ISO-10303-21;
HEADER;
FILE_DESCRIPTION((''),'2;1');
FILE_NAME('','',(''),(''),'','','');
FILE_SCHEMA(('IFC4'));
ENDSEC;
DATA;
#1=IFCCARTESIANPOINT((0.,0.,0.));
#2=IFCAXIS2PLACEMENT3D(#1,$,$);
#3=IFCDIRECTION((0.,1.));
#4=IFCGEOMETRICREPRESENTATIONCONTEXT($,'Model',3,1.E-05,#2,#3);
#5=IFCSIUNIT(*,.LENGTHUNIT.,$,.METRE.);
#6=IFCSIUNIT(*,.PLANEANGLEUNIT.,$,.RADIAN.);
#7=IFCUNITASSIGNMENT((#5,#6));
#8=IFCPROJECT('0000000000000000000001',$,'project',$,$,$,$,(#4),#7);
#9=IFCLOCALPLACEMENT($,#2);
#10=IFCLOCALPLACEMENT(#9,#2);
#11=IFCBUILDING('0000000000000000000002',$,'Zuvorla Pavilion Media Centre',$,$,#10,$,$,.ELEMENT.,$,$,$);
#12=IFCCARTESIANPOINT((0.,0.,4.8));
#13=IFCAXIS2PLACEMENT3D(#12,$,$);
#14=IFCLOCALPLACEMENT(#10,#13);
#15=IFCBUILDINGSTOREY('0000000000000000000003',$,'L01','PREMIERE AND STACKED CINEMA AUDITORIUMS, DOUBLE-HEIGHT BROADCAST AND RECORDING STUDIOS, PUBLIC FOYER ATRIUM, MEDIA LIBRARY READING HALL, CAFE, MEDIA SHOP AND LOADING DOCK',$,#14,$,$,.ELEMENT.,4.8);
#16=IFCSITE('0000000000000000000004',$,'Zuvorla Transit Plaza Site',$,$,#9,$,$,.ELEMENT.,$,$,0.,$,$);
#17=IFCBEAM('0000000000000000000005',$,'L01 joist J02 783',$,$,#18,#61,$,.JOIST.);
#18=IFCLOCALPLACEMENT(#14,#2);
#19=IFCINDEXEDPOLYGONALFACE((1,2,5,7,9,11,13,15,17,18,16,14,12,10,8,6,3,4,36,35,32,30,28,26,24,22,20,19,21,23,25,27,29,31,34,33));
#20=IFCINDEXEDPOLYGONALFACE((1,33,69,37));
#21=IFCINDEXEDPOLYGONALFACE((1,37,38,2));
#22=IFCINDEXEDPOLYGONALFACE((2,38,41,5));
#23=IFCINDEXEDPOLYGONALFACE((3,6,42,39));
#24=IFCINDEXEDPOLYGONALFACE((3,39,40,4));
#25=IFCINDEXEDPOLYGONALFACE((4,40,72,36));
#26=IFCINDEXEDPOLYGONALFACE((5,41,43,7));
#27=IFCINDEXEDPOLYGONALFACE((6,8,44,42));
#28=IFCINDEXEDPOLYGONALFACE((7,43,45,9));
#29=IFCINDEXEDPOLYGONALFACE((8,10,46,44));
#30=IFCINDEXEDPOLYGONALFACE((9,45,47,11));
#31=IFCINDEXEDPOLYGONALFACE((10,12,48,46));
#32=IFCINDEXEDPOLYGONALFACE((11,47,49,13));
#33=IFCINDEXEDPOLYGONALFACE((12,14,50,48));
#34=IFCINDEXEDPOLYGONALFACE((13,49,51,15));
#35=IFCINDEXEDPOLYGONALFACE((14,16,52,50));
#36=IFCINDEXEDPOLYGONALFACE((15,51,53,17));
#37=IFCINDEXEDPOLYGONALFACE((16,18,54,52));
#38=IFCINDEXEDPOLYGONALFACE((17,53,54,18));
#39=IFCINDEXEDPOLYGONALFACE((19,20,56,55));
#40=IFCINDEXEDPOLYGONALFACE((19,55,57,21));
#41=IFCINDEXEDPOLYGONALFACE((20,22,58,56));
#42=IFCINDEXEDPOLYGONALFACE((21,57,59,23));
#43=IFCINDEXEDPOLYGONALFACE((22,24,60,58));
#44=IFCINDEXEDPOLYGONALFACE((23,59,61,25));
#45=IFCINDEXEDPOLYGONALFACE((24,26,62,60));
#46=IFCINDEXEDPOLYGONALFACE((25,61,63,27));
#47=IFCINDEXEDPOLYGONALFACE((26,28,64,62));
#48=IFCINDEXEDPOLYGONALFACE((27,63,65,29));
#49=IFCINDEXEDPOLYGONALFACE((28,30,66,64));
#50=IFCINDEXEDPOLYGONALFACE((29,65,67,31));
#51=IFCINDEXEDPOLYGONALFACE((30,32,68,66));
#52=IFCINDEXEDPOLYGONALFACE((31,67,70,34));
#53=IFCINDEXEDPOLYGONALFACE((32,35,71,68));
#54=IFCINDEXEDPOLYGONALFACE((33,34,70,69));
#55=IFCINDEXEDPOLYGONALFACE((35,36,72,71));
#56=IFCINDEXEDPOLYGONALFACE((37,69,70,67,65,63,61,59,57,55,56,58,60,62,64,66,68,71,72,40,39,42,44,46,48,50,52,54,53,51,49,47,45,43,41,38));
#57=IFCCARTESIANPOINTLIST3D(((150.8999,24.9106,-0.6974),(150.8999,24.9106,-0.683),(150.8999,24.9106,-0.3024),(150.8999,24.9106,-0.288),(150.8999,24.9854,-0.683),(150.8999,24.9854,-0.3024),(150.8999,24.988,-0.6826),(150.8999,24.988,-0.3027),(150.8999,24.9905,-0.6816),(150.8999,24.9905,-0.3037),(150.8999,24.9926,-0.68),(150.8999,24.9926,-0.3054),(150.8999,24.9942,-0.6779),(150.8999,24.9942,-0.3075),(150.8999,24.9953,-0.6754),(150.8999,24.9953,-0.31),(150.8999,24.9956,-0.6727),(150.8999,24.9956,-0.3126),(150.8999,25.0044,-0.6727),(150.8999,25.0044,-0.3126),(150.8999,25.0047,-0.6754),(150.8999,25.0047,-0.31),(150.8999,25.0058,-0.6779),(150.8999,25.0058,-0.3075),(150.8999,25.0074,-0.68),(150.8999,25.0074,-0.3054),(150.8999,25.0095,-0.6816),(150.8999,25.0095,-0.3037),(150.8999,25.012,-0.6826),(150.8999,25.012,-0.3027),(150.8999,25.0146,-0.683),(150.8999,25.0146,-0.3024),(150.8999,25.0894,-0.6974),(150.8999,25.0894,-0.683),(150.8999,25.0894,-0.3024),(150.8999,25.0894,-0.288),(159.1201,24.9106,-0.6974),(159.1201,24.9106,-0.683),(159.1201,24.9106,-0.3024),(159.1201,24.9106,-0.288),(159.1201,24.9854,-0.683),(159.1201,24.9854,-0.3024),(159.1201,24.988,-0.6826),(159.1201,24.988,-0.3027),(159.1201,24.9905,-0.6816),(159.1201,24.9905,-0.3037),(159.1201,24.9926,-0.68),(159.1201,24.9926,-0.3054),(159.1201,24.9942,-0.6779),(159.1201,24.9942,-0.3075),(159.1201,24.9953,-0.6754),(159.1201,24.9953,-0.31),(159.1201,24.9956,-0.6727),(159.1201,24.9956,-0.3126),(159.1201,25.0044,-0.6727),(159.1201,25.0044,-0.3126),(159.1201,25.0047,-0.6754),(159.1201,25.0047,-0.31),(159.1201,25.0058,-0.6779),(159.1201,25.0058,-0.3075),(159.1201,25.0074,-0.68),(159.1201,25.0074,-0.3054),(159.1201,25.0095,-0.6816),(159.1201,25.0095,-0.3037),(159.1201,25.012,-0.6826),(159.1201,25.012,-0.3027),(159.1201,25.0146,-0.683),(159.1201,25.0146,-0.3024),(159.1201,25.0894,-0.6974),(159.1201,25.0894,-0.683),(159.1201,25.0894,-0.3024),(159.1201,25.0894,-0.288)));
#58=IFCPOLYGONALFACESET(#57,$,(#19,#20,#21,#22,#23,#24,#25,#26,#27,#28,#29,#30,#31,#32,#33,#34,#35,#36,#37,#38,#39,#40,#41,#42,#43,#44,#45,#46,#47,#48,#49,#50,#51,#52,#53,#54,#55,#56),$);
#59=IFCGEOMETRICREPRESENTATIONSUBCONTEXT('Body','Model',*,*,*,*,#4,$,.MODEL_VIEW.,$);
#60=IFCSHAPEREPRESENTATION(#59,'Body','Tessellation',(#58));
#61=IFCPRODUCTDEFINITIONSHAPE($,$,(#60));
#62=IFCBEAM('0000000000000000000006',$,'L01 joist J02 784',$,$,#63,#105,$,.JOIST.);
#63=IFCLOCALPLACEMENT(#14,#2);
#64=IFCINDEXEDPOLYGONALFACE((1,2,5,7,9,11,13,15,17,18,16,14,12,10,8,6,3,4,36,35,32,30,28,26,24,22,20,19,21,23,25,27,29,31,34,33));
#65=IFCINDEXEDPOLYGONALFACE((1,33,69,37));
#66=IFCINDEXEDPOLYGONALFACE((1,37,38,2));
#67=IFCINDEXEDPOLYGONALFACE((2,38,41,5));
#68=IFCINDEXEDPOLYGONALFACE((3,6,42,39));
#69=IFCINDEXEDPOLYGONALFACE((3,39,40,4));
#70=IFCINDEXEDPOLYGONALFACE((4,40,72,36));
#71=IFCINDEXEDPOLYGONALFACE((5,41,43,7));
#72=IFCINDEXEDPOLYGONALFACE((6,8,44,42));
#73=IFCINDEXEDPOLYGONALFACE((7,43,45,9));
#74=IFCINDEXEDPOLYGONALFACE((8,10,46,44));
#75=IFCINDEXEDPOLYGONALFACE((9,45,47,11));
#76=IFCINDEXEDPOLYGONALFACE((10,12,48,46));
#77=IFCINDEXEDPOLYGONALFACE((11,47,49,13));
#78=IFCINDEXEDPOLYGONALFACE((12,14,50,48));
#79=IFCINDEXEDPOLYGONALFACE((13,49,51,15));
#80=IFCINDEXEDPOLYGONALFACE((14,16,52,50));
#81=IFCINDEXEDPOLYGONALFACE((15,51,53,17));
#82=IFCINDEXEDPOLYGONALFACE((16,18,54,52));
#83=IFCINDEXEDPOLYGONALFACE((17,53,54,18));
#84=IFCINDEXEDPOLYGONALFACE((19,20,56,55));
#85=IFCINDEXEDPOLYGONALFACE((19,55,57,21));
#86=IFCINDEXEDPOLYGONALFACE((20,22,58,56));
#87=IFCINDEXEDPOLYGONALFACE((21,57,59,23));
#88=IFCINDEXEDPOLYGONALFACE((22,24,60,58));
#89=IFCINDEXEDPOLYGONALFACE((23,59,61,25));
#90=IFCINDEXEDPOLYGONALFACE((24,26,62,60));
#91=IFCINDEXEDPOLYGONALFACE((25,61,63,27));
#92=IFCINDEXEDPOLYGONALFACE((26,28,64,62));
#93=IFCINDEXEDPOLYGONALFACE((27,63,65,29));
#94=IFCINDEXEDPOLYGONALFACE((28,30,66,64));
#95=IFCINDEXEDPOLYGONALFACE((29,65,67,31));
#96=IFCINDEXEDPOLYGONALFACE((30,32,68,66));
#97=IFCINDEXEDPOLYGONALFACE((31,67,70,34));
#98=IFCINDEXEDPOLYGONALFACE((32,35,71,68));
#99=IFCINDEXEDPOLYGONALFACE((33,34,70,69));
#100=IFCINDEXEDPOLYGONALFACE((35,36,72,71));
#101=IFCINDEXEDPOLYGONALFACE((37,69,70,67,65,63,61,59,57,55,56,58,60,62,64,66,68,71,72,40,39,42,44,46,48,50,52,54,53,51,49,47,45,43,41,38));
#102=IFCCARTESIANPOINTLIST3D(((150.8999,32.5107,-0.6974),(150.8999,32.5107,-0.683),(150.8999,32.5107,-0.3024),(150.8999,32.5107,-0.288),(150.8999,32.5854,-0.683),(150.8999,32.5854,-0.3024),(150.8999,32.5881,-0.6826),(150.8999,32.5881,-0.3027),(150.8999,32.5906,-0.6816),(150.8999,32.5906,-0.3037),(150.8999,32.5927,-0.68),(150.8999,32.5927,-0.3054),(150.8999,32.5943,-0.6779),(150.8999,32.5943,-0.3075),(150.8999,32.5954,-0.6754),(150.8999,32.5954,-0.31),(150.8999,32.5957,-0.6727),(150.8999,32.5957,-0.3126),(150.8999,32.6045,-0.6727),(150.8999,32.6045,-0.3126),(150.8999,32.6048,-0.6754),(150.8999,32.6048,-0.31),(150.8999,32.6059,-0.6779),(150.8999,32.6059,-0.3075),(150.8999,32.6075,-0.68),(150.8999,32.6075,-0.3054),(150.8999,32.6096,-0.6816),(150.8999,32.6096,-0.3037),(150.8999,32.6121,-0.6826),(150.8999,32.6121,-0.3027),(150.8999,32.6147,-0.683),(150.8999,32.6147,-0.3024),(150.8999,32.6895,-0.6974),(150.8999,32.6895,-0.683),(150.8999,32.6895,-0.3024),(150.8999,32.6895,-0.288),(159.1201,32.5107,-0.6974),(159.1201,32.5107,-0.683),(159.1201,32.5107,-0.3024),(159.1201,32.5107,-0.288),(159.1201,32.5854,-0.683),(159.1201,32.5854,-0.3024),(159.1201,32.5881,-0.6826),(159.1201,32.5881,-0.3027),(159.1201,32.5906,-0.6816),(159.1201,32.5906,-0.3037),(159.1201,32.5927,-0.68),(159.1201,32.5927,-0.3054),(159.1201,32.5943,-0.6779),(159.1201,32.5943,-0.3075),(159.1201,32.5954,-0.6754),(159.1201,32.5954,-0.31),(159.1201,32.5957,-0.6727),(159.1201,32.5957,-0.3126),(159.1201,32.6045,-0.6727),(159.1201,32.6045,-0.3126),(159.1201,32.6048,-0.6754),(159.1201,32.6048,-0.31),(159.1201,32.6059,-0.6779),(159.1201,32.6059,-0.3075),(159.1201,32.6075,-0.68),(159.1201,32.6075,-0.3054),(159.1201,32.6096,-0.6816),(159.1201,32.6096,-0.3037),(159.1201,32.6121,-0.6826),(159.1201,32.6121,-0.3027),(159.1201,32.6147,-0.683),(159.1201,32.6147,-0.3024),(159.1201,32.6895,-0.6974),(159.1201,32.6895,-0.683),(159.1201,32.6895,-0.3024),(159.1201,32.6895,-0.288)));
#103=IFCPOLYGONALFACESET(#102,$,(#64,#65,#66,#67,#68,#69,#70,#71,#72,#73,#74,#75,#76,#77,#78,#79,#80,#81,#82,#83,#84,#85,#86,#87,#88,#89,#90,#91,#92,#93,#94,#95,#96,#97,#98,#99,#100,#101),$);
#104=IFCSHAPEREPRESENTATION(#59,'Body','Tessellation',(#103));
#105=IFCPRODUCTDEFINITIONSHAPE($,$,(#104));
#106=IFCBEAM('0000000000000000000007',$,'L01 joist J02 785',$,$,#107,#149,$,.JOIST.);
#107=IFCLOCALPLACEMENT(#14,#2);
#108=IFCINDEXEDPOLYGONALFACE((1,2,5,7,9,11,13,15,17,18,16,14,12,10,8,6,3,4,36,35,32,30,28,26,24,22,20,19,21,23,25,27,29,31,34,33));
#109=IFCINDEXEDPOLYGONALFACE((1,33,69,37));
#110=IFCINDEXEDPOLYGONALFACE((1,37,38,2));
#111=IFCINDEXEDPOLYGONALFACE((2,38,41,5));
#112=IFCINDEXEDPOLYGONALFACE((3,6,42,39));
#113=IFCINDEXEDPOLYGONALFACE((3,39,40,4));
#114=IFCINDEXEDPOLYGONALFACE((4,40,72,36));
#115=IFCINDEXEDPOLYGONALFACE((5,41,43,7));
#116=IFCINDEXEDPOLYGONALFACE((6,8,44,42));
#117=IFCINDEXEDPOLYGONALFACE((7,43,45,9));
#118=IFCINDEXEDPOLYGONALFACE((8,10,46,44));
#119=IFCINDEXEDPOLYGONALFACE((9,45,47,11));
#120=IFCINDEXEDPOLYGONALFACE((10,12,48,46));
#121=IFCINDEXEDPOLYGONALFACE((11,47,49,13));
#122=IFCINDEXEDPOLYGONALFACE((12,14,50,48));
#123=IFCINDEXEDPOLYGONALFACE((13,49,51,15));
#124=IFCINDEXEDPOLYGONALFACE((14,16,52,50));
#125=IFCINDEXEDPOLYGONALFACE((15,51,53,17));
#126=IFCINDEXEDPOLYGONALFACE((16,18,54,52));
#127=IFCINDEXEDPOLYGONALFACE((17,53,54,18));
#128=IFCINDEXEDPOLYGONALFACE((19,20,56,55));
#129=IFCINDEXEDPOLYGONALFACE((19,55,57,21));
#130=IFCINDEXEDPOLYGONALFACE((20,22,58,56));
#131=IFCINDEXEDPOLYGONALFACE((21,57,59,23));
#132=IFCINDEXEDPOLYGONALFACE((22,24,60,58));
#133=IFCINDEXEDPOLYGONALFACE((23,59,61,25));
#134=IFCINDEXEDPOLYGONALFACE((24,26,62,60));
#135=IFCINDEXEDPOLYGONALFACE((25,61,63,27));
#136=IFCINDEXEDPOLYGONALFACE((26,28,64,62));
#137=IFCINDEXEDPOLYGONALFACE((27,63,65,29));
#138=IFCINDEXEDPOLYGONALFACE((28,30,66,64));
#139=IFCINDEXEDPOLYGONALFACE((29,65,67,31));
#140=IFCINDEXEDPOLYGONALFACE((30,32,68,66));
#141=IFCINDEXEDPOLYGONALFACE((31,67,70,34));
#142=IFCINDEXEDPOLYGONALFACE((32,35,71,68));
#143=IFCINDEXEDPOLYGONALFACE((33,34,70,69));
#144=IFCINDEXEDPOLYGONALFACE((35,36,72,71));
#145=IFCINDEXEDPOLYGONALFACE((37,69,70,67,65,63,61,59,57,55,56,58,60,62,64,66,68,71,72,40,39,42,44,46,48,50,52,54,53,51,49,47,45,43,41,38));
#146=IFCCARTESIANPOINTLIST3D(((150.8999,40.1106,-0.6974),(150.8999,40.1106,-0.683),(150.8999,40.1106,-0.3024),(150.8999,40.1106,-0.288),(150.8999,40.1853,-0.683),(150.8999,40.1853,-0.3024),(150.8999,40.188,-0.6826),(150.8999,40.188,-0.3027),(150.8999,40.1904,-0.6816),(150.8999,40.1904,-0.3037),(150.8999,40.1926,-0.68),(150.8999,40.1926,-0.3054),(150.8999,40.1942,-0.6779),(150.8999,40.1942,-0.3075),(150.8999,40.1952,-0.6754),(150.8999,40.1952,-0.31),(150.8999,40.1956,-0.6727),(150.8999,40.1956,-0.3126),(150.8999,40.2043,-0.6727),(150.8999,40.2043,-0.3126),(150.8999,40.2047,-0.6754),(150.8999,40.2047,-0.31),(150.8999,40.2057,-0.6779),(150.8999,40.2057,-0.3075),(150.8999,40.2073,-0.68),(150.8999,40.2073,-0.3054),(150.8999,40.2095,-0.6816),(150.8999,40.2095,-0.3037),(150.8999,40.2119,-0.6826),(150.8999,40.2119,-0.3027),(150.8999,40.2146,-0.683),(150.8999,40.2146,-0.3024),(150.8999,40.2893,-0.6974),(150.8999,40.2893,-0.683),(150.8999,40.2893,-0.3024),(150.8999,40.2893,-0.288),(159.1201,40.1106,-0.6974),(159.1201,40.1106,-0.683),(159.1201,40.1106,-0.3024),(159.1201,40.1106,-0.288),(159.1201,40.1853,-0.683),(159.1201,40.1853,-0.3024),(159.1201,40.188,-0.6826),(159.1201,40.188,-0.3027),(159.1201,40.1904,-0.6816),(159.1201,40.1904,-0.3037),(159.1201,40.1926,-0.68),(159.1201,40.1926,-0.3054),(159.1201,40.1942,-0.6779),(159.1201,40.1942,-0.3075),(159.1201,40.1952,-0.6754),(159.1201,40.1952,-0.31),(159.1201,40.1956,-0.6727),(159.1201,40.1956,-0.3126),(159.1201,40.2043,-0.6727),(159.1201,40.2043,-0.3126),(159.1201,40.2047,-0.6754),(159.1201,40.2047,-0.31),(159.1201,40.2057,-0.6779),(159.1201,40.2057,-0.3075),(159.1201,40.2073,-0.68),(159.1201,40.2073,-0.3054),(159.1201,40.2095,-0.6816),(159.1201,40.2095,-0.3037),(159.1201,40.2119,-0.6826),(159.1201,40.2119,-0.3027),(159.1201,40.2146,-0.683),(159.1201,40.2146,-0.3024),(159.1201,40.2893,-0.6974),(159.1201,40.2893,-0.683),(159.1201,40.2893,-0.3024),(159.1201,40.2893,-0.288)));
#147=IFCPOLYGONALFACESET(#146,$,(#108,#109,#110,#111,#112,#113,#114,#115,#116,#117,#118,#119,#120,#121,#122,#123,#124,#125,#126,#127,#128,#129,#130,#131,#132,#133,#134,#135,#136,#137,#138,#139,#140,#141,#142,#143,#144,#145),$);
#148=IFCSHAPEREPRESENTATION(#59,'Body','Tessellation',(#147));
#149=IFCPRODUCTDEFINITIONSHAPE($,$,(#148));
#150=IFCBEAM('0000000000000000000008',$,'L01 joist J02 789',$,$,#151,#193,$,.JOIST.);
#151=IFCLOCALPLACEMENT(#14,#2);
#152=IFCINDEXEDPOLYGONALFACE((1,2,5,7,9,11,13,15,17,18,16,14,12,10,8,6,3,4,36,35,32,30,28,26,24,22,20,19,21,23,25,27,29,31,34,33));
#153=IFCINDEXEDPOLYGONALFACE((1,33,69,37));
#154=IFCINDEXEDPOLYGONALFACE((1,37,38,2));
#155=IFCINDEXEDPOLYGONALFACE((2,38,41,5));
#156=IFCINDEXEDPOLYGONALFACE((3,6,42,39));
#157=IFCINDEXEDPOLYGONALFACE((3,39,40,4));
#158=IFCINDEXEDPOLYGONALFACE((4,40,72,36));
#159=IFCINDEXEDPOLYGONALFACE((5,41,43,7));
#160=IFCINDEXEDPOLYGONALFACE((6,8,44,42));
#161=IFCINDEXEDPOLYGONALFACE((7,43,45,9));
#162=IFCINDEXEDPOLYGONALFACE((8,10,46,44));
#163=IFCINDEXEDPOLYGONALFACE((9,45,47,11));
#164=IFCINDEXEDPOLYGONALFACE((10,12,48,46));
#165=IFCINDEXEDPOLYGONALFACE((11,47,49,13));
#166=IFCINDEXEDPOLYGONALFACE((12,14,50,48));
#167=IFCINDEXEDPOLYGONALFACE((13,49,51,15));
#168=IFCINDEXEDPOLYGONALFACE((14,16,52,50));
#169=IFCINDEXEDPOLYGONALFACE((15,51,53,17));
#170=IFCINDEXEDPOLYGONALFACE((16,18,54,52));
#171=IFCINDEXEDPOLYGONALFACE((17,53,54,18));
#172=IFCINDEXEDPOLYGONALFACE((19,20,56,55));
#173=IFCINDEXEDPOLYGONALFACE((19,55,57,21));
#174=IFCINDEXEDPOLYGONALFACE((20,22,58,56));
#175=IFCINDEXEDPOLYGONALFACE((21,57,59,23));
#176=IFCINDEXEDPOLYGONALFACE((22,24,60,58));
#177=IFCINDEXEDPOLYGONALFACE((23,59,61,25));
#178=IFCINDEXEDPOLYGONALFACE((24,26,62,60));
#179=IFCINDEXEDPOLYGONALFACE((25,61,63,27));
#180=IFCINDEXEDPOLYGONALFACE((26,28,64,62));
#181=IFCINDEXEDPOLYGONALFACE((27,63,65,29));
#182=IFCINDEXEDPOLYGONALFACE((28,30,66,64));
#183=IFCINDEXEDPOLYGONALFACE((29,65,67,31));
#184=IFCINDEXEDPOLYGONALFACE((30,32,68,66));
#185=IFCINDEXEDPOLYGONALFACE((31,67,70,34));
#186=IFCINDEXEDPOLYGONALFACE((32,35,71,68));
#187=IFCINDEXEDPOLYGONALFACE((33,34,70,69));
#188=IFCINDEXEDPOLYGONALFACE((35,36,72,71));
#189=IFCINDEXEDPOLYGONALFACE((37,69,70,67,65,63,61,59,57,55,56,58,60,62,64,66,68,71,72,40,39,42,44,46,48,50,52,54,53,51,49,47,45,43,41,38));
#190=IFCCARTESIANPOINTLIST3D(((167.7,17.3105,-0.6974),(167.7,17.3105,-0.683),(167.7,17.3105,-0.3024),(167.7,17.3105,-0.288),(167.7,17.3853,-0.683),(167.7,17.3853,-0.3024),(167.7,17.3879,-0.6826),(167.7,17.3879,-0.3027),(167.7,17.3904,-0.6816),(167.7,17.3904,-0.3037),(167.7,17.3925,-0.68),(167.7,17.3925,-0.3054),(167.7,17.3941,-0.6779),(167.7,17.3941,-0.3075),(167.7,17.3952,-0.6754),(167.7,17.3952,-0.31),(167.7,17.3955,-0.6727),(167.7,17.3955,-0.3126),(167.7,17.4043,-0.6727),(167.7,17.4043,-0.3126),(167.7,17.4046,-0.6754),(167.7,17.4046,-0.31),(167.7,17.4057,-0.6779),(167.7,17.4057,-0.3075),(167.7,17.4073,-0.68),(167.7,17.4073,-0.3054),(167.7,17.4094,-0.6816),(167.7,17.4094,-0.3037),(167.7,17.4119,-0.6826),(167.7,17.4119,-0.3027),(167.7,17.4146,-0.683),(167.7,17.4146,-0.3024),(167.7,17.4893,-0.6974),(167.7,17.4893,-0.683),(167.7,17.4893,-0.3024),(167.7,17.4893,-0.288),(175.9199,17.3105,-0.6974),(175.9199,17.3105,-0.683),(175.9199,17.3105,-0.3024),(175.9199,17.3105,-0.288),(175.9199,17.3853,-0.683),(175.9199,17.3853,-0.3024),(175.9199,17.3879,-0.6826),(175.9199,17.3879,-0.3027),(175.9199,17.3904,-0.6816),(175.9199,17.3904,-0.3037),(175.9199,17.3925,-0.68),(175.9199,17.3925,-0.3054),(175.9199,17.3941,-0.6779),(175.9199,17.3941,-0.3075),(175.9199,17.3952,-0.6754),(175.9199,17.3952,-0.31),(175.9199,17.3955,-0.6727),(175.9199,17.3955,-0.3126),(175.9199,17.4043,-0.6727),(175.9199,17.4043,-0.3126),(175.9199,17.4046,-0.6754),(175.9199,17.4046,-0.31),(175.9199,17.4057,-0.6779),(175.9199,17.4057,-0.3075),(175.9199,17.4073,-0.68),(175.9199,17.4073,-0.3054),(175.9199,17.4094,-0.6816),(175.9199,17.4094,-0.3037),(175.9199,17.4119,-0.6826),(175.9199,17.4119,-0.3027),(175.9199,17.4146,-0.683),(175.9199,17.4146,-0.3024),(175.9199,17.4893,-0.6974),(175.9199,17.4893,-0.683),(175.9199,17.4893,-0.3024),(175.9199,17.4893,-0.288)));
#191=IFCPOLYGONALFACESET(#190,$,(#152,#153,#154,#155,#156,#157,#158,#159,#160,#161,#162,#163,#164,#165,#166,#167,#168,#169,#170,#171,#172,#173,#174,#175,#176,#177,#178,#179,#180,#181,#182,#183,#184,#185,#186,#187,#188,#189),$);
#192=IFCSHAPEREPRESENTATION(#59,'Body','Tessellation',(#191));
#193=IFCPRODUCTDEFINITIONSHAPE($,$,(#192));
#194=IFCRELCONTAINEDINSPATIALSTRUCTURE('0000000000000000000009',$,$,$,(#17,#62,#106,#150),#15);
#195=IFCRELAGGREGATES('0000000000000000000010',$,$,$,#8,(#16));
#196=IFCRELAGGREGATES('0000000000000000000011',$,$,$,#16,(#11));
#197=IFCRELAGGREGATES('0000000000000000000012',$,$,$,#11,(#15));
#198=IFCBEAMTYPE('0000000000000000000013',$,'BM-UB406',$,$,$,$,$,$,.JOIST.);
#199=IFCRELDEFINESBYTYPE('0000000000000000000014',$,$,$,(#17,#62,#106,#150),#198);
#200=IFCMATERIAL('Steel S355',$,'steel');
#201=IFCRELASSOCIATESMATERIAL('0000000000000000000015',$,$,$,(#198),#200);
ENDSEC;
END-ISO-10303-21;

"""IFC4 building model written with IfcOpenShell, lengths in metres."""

from ifc_helpers import new_model, si_unit, direction, frame, origin, origin_2d, place, context, subcontext, project, spatial, i_section, extrude, material, material_profile, profile_set, type_object, element, save


model = new_model("IFC4")

# Units and contexts
model_context = context("Model", 3, precision=1e-05, world=origin(), true_north=direction((0.0, 1.0)))
body_context = subcontext(model_context, "Body", "Model", "MODEL_VIEW")
ifc_project = project(units=[si_unit("LENGTHUNIT", "METRE"), si_unit("PLANEANGLEUNIT", "RADIAN")], contexts=[model_context])

# Site, building, storey
site_placement = place(None, origin())
site = spatial("IfcSite", under=ifc_project, at=site_placement, Name="Zuvorla Transit Plaza Site", CompositionType="ELEMENT", RefElevation=0.0)
building_placement = place(site_placement, origin())
building = spatial("IfcBuilding", under=site, at=building_placement, Name="Zuvorla Pavilion Media Centre", CompositionType="ELEMENT")
storey_placement = place(building_placement, frame((0.0, 0.0, 4.8)))
storey = spatial("IfcBuildingStorey", under=building, at=storey_placement, Name="L01", Description="PREMIERE AND STACKED CINEMA AUDITORIUMS, DOUBLE-HEIGHT BROADCAST AND RECORDING STUDIOS, PUBLIC FOYER ATRIUM, MEDIA LIBRARY READING HALL, CAFE, MEDIA SHOP AND LOADING DOCK", CompositionType="ELEMENT", Elevation=4.8)

# Shared definitions
ifc_material_1 = material(Name="Steel S355", Category="steel")

# Beams
ifc_material_profile_1 = material_profile(ifc_material_1, i_section(OverallWidth=0.1787, OverallDepth=0.4094, WebThickness=0.0088, FlangeThickness=0.0144, FilletRadius=0.0103, at=origin_2d()), Name="UB 406x178x67")
ifc_profile_set_1 = profile_set([ifc_material_profile_1], Name="Steel S355")
beam_type_1 = type_object("IfcBeamType", Name="BM-UB406", PredefinedType="JOIST", material=ifc_profile_set_1)
for number, where, z_axis, x_axis, name in (
    (1, (150.8999, 25.0, -0.4927), (1.0, 0.0, 0.0), (0.0, 1.0, 0.0), "L01 joist J02 783"),
    (2, (150.8999, 32.6001, -0.4927), (1.0, 0.0, 0.0), (0.0, 1.0, 0.0), "L01 joist J02 784"),
    (3, (150.8999, 40.2, -0.4927), (1.0, 0.0, 0.0), (0.0, 1.0, 0.0), "L01 joist J02 785"),
):
    element("IfcBeam", number, at=place(storey_placement, frame(where, z_axis=z_axis, x_axis=x_axis)), inside=storey, type_object=beam_type_1, Name=name, PredefinedType="JOIST", context=body_context, shape_type="SweptSolid", body=[
        extrude(i_section(OverallWidth=0.1787, OverallDepth=0.4094, WebThickness=0.0088, FlangeThickness=0.0144, FilletRadius=0.0103, at=origin_2d()), origin(), (0.0, 0.0, 1.0), 8.2202),
    ])
beam_1_placement = place(storey_placement, frame((167.7, 17.3999, -0.4927), z_axis=(1.0, 0.0, 0.0), x_axis=(0.0, 1.0, 0.0)))
element("IfcBeam", 4, at=beam_1_placement, inside=storey, type_object=beam_type_1, Name="L01 joist J02 789", PredefinedType="JOIST", context=body_context, shape_type="SweptSolid", body=[
    extrude(i_section(OverallWidth=0.1787, OverallDepth=0.4094, WebThickness=0.0088, FlangeThickness=0.0144, FilletRadius=0.0103, at=origin_2d()), origin(), (0.0, 0.0, 1.0), 8.22),
])

save(model, "model.ifc")
